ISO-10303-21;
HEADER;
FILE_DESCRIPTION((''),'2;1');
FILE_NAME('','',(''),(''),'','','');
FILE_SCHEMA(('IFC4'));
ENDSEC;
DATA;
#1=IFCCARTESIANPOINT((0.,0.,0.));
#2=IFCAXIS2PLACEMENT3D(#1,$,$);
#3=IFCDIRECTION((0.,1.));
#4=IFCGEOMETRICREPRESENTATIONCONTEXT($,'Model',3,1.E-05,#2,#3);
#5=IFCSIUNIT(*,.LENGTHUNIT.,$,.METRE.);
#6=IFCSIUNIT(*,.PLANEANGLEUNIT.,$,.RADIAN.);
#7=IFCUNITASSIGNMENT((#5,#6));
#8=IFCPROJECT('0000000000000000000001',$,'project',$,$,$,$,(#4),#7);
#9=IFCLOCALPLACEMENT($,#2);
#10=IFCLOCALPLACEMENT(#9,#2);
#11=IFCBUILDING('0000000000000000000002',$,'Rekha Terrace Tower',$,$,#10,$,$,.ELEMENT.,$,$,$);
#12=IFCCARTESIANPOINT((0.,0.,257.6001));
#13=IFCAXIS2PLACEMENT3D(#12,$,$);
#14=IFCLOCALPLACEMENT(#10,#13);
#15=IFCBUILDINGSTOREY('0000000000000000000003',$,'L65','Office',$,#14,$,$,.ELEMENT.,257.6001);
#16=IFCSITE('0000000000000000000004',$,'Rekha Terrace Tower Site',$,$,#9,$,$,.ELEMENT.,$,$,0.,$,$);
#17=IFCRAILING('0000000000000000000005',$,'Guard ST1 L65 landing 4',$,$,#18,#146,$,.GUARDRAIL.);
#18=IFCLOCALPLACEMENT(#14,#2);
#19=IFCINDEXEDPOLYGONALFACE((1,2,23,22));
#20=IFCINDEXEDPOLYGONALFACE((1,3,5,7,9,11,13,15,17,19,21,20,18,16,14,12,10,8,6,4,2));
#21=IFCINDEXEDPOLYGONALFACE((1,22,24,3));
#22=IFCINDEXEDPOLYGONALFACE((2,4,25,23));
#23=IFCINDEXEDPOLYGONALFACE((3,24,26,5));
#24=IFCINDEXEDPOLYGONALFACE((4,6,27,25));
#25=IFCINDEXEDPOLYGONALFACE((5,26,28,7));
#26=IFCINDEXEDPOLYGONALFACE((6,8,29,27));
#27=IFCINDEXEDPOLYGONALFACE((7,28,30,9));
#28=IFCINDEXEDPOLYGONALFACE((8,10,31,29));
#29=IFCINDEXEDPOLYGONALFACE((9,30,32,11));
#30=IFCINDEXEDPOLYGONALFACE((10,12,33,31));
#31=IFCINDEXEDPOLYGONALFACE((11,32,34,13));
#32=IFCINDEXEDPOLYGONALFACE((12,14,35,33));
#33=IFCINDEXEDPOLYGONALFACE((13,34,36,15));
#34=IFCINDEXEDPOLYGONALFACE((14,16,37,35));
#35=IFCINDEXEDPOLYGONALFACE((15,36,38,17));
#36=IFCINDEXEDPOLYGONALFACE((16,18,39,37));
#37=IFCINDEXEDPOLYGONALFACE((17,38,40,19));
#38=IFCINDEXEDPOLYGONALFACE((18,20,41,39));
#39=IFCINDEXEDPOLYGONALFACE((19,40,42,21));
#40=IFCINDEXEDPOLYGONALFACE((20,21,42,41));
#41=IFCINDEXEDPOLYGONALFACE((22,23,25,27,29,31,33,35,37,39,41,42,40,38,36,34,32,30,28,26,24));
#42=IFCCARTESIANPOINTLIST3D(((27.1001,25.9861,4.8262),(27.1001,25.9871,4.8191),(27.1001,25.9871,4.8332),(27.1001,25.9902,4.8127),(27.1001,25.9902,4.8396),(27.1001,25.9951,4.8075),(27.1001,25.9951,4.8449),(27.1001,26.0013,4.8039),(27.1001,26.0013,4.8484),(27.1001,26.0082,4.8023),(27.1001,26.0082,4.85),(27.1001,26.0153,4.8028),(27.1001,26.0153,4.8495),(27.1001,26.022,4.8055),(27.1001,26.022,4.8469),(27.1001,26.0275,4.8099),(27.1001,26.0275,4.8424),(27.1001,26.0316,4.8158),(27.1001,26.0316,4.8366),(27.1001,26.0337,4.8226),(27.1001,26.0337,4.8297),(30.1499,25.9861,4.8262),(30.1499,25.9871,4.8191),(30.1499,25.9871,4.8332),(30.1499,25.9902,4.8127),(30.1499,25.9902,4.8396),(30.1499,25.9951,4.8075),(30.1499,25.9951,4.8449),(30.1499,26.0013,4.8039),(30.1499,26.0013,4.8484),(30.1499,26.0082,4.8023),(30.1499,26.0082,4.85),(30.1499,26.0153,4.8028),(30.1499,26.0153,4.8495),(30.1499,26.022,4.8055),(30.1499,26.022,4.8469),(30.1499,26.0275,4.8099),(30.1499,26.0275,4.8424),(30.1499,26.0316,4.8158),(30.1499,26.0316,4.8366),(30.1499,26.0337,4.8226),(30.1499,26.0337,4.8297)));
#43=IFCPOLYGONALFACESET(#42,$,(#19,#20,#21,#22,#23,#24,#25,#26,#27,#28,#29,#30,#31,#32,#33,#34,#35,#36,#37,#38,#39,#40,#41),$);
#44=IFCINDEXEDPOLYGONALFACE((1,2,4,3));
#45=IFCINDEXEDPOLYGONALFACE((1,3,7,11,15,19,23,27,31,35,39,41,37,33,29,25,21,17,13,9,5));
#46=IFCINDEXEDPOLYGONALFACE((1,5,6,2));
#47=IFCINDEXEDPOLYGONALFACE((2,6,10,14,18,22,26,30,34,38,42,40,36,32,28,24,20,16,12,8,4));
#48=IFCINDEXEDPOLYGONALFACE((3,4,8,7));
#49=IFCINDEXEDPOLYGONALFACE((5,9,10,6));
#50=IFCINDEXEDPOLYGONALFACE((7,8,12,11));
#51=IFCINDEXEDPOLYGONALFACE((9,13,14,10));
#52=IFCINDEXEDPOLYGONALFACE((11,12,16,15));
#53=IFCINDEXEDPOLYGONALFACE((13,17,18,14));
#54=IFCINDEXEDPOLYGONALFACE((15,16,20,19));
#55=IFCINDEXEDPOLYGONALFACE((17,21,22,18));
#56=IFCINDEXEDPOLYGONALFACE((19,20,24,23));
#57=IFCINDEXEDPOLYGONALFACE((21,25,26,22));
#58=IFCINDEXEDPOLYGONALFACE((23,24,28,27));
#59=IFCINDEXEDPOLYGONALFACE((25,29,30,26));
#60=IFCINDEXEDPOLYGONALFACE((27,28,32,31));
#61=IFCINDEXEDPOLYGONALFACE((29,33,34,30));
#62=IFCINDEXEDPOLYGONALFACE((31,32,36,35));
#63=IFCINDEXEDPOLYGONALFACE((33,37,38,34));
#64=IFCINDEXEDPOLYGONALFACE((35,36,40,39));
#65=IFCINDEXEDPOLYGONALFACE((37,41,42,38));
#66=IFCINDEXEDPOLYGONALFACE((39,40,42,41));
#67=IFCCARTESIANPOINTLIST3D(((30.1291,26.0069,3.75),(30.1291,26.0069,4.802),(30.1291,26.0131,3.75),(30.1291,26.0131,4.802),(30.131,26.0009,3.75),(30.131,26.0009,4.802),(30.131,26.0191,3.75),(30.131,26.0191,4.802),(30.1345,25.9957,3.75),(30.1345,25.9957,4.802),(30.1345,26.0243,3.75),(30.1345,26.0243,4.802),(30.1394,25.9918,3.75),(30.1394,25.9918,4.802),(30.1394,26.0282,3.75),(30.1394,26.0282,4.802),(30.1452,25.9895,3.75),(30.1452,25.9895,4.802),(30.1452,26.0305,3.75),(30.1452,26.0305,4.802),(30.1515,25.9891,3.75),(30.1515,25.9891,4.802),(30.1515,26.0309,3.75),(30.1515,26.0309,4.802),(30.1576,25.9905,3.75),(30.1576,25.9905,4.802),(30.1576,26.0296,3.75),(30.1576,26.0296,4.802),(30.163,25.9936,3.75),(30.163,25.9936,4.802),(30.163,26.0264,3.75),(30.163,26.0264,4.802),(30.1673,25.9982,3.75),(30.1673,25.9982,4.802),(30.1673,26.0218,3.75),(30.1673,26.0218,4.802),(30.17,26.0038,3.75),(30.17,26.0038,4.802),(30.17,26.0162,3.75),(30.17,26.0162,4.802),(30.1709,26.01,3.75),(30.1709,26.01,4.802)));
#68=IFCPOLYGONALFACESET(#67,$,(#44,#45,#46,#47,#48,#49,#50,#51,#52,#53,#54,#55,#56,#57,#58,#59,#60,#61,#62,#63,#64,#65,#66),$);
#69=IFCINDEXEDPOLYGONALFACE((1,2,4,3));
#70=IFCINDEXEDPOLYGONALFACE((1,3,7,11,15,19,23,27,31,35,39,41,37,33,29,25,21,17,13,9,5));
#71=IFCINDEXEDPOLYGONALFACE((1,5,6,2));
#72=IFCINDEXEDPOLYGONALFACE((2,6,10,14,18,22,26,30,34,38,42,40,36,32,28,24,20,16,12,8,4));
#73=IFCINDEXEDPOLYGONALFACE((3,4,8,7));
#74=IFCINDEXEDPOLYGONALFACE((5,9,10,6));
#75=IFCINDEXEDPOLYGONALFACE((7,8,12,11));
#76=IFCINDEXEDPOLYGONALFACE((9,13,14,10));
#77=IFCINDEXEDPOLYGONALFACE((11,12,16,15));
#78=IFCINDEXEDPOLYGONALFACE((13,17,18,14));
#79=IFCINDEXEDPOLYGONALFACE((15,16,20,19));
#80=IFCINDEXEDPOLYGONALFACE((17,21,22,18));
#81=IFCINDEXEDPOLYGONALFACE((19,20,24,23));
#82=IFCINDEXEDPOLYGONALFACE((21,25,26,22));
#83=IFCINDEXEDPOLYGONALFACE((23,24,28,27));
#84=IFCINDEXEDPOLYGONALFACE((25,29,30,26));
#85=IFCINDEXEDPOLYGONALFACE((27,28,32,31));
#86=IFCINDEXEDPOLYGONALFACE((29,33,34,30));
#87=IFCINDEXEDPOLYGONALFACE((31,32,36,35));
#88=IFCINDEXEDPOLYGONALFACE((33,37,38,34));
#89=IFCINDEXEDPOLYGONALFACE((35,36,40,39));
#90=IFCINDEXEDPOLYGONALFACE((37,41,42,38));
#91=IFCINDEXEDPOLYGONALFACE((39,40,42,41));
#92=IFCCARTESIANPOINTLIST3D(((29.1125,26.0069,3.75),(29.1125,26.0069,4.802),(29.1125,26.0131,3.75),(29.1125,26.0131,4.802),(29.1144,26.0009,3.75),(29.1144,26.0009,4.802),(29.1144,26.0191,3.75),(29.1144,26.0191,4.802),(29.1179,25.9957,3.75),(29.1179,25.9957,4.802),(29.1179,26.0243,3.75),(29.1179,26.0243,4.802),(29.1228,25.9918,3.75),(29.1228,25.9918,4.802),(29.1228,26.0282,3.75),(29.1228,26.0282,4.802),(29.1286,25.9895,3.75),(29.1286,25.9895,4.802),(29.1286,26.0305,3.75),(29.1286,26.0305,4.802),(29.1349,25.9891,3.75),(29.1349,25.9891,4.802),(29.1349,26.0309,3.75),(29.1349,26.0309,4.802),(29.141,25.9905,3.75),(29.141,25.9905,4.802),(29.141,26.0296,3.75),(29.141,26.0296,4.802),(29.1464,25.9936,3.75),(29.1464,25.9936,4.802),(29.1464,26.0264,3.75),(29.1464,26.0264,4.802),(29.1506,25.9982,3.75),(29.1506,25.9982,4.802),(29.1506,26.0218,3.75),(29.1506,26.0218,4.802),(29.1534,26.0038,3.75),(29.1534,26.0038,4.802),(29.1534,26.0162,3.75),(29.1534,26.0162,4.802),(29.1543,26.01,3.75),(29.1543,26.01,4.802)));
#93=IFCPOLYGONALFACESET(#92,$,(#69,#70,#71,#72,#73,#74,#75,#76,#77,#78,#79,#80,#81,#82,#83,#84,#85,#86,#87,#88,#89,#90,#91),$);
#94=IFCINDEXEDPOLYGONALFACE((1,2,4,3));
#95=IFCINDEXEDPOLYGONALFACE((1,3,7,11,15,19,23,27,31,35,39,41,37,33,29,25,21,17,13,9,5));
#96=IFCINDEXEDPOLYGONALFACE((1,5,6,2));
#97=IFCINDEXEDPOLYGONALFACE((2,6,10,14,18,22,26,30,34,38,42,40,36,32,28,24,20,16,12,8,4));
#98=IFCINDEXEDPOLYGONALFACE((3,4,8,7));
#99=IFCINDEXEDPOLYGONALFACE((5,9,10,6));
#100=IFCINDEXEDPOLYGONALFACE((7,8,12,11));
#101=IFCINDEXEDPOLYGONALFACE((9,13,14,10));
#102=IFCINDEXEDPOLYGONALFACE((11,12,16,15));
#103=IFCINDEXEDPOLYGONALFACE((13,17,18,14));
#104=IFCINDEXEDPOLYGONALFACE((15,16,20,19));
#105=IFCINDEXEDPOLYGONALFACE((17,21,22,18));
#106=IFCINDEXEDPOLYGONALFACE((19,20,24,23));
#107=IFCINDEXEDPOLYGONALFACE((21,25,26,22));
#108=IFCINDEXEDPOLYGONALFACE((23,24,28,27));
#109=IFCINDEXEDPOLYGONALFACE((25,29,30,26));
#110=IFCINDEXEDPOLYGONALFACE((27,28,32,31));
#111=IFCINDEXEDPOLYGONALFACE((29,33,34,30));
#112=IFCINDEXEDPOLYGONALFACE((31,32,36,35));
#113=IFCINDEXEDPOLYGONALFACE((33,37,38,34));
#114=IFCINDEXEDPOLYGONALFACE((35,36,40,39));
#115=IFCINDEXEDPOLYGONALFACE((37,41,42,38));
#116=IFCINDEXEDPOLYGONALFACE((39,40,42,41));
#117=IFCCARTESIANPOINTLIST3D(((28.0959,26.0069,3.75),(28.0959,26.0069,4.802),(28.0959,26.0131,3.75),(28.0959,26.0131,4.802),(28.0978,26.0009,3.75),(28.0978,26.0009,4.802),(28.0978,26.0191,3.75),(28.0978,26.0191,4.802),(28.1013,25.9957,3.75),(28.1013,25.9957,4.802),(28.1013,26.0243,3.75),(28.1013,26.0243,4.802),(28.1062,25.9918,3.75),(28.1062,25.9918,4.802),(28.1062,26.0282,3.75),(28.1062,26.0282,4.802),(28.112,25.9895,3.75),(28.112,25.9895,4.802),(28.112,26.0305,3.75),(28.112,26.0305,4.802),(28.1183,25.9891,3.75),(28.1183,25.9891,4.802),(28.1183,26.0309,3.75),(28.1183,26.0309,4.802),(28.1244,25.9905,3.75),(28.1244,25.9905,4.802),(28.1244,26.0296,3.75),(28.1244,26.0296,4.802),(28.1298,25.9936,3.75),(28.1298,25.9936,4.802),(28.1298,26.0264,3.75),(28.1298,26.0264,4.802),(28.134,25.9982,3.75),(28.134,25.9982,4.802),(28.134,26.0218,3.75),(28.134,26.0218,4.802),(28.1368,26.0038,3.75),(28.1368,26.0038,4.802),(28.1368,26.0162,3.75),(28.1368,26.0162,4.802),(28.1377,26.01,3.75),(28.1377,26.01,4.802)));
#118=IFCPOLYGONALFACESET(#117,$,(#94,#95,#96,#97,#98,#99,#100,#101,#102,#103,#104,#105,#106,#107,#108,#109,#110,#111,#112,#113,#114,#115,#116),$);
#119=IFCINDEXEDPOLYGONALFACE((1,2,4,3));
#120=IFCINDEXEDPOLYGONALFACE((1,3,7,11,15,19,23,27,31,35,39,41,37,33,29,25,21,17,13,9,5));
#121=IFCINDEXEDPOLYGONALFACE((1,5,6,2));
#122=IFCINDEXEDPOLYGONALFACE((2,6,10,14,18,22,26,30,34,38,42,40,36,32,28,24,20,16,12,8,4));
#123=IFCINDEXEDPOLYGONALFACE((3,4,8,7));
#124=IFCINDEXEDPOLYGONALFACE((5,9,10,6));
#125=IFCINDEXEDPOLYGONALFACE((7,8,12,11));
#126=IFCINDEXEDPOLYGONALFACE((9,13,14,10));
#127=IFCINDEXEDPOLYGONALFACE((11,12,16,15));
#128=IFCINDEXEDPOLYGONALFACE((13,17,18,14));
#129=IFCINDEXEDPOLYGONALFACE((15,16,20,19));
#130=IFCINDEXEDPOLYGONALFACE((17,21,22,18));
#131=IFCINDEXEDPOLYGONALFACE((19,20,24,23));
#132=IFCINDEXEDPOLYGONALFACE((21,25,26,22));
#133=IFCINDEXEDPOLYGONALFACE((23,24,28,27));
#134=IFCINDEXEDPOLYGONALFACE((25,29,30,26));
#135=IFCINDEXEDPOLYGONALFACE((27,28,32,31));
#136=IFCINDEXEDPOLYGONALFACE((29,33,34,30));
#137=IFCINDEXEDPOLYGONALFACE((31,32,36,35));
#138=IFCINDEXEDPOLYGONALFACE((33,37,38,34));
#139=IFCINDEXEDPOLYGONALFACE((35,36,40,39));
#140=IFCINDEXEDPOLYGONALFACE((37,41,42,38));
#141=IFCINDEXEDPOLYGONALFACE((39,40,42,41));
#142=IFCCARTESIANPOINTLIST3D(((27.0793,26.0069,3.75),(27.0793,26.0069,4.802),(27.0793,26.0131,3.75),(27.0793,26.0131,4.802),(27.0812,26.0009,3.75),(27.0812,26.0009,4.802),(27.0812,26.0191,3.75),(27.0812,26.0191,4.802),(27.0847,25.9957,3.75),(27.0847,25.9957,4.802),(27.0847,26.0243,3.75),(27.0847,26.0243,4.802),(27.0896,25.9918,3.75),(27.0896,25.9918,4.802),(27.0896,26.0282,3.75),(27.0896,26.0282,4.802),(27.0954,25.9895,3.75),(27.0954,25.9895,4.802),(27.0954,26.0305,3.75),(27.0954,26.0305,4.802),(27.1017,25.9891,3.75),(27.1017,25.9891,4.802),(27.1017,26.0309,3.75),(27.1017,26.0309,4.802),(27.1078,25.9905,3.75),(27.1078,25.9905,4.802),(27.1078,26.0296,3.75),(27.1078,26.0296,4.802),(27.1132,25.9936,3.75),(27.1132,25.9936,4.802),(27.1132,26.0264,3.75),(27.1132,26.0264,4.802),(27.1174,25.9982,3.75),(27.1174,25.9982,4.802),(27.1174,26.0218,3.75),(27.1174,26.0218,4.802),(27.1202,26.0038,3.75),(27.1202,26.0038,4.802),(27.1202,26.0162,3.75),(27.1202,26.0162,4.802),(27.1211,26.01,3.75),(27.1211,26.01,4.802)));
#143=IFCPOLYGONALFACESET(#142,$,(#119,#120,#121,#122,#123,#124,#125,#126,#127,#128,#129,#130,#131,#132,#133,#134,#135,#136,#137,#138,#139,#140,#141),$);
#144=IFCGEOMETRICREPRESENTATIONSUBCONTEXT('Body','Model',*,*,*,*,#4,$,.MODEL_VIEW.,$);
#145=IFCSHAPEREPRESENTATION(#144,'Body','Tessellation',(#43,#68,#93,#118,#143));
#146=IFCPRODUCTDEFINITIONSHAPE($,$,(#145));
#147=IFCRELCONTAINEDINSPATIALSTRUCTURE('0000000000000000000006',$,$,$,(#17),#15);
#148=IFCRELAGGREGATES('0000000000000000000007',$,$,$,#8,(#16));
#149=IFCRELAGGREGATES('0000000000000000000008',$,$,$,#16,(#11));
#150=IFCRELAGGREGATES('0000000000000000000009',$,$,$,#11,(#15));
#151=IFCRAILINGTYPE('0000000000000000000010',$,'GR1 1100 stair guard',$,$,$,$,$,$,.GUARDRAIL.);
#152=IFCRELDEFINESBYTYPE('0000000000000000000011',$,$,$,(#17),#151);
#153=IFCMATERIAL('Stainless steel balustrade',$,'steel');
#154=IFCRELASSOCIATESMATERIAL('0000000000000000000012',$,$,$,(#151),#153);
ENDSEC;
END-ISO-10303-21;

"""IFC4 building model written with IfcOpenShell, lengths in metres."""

from ifc_helpers import new_model, si_unit, direction, frame, origin, origin_2d, place, context, subcontext, project, spatial, circle, extrude, material, type_object, element, save


model = new_model("IFC4")

# Units and contexts
model_context = context("Model", 3, precision=1e-05, world=origin(), true_north=direction((0.0, 1.0)))
body_context = subcontext(model_context, "Body", "Model", "MODEL_VIEW")
ifc_project = project(units=[si_unit("LENGTHUNIT", "METRE"), si_unit("PLANEANGLEUNIT", "RADIAN")], contexts=[model_context])

# Site, building, storey
site_placement = place(None, origin())
site = spatial("IfcSite", under=ifc_project, at=site_placement, Name="Rekha Terrace Tower Site", CompositionType="ELEMENT", RefElevation=0.0)
building_placement = place(site_placement, origin())
building = spatial("IfcBuilding", under=site, at=building_placement, Name="Rekha Terrace Tower", CompositionType="ELEMENT")
storey_placement = place(building_placement, frame((0.0, 0.0, 257.6001)))
storey = spatial("IfcBuildingStorey", under=building, at=storey_placement, Name="L65", Description="Office", CompositionType="ELEMENT", Elevation=257.6001)

# Railing
ifc_material_1 = material(Name="Stainless steel balustrade", Category="steel")
railing_type_1 = type_object("IfcRailingType", Name="GR1 1100 stair guard", PredefinedType="GUARDRAIL", material=ifc_material_1)
railing_1_placement = place(storey_placement, frame((30.1499, 26.01, 3.75)))
element("IfcRailing", 1, at=railing_1_placement, inside=storey, type_object=railing_type_1, Name="Guard ST1 L65 landing 4", PredefinedType="GUARDRAIL", context=body_context, shape_type="SweptSolid", body=[
    extrude(circle(Radius=0.0239, at=origin_2d()), frame((0.0, 0.0, 1.0762), z_axis=(-1.0, 0.0, 0.0), x_axis=(0.0, -1.0, 0.0)), (0.0, 0.0, 1.0), 3.0498),
    extrude(circle(Radius=0.021, at=origin_2d()), origin(), (0.0, 0.0, 1.0), 1.052),
    extrude(circle(Radius=0.021, at=origin_2d()), frame((-1.0166, 0.0, 0.0)), (0.0, 0.0, 1.0), 1.052),
    extrude(circle(Radius=0.021, at=origin_2d()), frame((-2.0332, 0.0, 0.0)), (0.0, 0.0, 1.0), 1.052),
    extrude(circle(Radius=0.021, at=origin_2d()), frame((-3.0498, 0.0, 0.0)), (0.0, 0.0, 1.0), 1.052),
])

save(model, "model.ifc")
